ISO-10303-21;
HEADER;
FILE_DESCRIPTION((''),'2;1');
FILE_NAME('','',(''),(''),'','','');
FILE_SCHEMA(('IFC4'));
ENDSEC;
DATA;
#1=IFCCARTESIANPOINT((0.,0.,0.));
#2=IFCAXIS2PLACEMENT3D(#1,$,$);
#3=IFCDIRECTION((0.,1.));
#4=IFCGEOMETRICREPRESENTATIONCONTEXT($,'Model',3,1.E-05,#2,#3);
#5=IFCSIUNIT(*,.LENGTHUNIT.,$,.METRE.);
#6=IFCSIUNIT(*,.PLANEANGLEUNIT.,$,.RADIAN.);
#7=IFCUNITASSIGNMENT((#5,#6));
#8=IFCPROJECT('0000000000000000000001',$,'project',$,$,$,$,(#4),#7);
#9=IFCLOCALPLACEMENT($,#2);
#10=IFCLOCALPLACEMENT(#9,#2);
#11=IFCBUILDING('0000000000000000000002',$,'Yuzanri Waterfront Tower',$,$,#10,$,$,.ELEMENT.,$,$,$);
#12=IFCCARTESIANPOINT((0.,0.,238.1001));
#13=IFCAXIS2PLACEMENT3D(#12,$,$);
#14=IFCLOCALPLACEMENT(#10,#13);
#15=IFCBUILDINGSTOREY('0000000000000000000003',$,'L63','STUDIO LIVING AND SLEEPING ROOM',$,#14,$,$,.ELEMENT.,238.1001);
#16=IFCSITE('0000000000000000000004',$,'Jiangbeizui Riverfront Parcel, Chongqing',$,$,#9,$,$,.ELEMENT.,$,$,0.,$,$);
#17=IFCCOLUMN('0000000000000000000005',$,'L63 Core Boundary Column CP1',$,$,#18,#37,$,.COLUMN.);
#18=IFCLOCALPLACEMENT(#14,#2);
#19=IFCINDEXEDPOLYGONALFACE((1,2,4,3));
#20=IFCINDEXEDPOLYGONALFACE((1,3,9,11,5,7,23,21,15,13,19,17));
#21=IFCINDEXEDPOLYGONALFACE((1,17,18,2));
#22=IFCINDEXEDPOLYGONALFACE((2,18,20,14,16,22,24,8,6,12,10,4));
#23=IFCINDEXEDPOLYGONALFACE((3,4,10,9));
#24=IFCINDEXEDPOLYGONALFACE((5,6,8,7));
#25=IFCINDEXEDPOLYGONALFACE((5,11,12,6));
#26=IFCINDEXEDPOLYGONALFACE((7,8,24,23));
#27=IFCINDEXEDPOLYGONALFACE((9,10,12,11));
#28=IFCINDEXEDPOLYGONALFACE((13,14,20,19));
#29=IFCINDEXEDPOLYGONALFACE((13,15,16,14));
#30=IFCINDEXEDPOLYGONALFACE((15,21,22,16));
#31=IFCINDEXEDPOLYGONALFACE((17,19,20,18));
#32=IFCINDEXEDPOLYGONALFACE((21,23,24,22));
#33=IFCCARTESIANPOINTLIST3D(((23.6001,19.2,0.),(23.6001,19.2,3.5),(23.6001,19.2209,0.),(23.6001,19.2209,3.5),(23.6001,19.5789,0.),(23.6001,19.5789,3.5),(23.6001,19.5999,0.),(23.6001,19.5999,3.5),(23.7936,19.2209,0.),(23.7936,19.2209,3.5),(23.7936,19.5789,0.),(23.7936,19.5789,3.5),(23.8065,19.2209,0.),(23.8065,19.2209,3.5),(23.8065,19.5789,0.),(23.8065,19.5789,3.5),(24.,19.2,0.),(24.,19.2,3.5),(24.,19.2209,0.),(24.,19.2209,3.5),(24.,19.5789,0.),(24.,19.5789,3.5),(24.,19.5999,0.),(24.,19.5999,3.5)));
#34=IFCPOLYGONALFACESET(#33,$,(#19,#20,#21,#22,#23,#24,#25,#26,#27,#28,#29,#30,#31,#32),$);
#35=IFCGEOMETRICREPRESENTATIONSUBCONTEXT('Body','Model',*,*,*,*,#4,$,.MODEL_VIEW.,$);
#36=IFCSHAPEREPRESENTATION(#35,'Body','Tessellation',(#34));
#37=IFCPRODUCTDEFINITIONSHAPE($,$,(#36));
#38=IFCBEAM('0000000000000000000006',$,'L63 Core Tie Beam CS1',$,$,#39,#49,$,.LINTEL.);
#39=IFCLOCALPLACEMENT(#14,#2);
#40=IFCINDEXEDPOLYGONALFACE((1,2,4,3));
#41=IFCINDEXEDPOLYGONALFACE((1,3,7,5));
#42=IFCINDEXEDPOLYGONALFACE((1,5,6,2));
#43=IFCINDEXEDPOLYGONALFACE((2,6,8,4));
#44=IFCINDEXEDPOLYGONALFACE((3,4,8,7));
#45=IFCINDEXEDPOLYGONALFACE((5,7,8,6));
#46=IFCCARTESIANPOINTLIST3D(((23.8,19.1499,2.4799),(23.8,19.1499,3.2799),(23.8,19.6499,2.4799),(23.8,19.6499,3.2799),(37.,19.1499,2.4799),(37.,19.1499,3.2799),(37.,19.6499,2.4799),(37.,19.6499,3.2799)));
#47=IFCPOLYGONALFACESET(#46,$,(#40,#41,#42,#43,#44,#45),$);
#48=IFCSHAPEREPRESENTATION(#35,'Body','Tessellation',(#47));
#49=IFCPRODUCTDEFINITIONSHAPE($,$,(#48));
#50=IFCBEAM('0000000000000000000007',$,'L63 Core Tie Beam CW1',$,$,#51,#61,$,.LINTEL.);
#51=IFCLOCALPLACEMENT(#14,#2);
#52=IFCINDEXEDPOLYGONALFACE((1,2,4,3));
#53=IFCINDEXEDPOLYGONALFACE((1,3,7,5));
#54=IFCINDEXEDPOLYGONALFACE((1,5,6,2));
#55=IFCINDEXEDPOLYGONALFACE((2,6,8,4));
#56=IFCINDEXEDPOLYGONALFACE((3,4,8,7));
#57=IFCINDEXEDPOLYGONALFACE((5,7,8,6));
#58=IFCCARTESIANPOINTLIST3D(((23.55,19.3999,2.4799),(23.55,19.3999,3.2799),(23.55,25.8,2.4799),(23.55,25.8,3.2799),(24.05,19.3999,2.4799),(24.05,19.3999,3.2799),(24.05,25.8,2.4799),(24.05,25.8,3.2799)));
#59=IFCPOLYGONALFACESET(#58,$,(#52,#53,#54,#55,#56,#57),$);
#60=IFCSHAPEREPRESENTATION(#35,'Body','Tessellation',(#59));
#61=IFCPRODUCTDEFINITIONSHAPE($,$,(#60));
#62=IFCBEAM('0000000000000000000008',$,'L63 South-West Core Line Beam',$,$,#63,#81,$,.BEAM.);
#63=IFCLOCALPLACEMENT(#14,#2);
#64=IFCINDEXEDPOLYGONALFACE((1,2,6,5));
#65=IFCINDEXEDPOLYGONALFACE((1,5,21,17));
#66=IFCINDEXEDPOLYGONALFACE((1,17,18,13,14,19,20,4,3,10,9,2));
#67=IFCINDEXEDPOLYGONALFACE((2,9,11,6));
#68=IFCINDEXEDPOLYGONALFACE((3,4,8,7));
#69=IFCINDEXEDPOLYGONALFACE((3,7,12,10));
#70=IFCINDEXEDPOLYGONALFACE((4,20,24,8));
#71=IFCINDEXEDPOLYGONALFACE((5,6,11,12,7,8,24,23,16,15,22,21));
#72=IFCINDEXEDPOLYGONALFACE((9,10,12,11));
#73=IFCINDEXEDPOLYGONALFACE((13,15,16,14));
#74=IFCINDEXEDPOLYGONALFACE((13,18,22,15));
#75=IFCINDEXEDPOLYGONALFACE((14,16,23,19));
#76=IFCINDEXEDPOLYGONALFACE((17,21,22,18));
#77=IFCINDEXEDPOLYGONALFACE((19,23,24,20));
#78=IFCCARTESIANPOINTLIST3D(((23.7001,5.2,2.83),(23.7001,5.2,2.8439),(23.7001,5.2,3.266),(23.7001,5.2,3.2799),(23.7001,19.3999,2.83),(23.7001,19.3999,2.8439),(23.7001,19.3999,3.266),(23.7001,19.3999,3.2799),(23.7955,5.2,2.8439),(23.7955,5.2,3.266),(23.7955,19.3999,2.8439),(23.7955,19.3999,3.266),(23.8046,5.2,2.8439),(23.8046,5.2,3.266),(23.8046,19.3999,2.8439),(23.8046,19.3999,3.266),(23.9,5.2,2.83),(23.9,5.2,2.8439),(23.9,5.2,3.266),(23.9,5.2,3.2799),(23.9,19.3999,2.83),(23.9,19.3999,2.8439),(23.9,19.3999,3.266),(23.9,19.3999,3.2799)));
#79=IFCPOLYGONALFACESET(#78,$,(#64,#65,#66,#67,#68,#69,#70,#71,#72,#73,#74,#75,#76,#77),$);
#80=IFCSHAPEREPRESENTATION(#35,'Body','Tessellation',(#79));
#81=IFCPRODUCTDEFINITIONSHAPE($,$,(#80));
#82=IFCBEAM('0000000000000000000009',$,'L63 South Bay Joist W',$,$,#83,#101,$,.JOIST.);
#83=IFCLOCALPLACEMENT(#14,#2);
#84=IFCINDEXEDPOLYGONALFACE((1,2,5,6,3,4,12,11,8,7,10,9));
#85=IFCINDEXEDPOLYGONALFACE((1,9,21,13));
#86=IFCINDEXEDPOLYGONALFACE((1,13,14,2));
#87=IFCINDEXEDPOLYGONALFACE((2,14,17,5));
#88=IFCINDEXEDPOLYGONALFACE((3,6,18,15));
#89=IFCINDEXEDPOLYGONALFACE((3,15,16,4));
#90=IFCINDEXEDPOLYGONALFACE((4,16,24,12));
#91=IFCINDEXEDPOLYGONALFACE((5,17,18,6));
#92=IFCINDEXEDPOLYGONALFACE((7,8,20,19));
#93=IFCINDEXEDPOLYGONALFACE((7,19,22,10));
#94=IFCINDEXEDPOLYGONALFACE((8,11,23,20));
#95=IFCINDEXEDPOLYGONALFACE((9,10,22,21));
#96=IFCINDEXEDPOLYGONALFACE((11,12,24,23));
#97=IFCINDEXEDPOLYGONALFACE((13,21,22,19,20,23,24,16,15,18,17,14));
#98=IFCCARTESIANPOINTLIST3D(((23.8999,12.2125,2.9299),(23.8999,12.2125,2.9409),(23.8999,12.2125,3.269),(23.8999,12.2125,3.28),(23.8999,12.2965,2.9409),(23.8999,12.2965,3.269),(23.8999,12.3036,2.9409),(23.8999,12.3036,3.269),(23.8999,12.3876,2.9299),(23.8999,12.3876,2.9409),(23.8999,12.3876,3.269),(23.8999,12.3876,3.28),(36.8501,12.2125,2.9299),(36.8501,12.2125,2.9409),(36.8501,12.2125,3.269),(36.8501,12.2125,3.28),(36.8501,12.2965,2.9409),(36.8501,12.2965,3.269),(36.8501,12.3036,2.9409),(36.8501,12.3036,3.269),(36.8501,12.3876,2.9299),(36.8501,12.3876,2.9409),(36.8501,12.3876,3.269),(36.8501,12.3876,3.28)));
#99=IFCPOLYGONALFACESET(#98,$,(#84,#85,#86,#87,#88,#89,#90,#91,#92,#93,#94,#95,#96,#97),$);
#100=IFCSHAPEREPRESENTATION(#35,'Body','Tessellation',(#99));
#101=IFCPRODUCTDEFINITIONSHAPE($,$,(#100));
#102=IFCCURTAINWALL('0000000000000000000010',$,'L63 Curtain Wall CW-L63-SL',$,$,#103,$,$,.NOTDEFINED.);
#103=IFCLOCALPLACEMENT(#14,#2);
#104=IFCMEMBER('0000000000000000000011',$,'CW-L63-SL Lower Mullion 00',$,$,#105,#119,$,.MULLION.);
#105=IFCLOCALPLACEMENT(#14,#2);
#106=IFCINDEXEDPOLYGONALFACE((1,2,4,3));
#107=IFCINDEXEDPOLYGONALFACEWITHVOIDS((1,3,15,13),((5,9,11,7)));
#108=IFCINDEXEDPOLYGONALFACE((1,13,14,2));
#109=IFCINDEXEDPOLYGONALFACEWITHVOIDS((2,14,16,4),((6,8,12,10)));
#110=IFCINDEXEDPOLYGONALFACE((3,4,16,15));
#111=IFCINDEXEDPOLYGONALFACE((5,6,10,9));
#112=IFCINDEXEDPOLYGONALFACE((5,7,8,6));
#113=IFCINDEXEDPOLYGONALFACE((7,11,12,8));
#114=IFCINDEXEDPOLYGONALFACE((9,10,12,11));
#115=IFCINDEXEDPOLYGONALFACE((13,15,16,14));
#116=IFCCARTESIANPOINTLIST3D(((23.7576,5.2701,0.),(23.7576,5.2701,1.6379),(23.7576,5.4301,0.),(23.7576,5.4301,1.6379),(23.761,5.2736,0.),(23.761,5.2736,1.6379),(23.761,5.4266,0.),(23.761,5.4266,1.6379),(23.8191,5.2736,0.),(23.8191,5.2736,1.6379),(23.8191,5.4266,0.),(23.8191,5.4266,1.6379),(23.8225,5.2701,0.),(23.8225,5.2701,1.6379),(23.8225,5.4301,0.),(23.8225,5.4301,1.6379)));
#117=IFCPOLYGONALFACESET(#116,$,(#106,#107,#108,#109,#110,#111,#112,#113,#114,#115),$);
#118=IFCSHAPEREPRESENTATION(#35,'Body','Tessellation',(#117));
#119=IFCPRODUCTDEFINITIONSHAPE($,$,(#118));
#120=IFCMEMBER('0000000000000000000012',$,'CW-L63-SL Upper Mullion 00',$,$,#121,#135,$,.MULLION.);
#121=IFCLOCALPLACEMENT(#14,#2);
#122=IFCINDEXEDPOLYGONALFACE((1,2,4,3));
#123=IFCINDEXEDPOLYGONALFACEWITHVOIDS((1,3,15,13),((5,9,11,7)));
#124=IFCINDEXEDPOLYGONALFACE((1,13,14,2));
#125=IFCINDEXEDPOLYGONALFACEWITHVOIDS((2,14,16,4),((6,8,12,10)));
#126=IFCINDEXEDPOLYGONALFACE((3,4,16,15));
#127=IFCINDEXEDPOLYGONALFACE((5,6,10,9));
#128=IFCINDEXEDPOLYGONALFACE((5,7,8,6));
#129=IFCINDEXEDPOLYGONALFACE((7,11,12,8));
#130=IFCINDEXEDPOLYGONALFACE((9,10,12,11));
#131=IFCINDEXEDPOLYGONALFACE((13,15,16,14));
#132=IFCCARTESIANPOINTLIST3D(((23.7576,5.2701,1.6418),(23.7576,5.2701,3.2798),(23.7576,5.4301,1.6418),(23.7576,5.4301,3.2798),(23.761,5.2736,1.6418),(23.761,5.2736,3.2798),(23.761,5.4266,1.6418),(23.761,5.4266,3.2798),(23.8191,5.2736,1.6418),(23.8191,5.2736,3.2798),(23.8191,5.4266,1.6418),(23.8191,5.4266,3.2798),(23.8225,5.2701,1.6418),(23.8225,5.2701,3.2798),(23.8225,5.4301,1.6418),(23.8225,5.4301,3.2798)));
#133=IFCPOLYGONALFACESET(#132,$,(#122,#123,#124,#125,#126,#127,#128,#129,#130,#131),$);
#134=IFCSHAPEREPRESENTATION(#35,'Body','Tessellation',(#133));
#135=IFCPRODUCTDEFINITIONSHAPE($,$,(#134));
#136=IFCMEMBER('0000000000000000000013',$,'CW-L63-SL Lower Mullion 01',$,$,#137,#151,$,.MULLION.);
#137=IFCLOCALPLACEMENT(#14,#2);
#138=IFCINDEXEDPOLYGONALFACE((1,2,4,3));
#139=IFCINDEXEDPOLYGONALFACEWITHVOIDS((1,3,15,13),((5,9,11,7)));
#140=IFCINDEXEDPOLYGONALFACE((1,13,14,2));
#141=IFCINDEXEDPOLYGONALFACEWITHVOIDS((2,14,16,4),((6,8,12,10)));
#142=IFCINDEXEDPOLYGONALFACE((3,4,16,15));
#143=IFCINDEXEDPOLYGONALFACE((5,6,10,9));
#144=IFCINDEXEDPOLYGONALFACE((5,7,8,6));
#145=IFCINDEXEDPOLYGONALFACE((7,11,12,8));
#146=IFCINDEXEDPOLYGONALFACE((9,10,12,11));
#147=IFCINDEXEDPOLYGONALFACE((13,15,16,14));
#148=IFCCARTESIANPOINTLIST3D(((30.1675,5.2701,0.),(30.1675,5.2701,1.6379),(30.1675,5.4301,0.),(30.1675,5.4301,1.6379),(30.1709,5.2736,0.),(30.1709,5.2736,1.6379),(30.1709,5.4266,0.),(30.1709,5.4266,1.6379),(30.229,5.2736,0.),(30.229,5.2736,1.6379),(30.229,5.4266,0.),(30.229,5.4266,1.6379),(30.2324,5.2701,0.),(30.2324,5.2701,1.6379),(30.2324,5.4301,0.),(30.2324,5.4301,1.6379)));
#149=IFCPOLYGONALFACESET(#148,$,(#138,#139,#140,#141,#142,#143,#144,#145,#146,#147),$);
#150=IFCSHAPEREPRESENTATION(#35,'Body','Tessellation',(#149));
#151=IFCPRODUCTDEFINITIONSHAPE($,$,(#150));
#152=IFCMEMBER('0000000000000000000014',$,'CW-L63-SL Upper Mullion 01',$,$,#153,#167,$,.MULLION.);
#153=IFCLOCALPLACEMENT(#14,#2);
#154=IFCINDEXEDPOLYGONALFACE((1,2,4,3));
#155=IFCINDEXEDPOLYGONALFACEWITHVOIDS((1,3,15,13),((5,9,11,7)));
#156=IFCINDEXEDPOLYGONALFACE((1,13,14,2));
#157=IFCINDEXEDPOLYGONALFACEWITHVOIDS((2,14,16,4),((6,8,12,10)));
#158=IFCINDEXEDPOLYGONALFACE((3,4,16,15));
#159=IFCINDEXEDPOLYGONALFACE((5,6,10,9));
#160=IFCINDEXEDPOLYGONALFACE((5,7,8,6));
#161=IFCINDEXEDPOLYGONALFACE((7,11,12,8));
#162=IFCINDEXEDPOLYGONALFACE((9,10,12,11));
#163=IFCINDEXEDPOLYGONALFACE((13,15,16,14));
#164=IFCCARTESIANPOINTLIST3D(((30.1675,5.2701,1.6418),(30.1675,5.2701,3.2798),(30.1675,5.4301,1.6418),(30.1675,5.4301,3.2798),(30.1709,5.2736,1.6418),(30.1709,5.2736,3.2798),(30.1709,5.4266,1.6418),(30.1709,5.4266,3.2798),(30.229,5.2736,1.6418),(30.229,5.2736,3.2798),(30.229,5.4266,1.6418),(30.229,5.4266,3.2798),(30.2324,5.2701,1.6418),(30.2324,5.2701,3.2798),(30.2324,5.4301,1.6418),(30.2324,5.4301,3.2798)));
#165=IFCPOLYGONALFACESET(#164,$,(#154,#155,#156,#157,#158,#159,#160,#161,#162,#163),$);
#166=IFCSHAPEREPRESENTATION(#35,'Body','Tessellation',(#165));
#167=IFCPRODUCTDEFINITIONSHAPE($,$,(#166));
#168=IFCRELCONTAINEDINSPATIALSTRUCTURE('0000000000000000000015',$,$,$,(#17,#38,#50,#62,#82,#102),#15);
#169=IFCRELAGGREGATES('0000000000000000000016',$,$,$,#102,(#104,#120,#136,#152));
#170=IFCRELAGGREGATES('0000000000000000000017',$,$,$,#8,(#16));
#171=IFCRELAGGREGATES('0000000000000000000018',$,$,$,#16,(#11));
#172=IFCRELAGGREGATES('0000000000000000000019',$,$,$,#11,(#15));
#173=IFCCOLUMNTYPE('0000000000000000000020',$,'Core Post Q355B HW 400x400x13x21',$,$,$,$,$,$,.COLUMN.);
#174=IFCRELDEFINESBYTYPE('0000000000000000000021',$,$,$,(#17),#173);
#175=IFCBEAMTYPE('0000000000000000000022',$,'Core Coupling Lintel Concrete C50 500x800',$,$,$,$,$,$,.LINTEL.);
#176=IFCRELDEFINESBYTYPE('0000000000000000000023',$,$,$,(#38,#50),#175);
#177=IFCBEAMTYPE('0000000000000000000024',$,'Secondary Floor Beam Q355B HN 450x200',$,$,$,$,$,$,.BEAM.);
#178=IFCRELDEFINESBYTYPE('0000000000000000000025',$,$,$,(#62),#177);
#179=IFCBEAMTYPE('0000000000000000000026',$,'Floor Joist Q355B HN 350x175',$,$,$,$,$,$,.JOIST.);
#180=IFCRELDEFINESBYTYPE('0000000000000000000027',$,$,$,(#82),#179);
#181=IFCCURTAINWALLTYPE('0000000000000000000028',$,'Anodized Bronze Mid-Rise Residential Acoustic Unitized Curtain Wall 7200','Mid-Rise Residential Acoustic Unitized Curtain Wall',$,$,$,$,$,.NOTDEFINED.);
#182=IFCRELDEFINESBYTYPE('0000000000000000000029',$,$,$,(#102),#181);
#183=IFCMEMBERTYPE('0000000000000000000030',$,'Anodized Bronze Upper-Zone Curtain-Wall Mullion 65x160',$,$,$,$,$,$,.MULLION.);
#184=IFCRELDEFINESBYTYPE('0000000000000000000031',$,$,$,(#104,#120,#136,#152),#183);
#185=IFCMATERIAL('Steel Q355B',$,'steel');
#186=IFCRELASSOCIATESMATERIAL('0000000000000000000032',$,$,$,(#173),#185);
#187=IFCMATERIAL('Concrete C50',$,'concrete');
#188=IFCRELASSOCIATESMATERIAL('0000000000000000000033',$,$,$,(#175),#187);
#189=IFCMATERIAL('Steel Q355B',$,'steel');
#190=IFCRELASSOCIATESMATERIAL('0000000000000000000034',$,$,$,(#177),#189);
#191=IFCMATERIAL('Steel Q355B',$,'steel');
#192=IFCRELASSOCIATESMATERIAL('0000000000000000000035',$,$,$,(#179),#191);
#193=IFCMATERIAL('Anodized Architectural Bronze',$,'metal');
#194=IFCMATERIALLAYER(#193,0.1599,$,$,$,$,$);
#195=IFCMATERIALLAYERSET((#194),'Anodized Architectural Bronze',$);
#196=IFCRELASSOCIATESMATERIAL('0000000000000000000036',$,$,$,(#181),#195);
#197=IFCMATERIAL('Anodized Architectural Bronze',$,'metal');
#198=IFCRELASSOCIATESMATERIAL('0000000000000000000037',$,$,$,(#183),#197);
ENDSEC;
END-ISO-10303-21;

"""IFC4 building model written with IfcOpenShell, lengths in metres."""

from ifc_helpers import new_model, si_unit, direction, frame, origin, origin_2d, place, context, subcontext, project, spatial, rectangle, hollow_rectangle, i_section, extrude, source, transform, mapped, material, layer, layer_set, material_profile, profile_set, type_object, element, aggregate, save


model = new_model("IFC4")

# Units and contexts
model_context = context("Model", 3, precision=1e-05, world=origin(), true_north=direction((0.0, 1.0)))
body_context = subcontext(model_context, "Body", "Model", "MODEL_VIEW")
ifc_project = project(units=[si_unit("LENGTHUNIT", "METRE"), si_unit("PLANEANGLEUNIT", "RADIAN")], contexts=[model_context])

# Site, building, storey
site_placement = place(None, origin())
site = spatial("IfcSite", under=ifc_project, at=site_placement, Name="Jiangbeizui Riverfront Parcel, Chongqing", CompositionType="ELEMENT", RefElevation=0.0)
building_placement = place(site_placement, origin())
building = spatial("IfcBuilding", under=site, at=building_placement, Name="Yuzanri Waterfront Tower", CompositionType="ELEMENT")
storey_placement = place(building_placement, frame((0.0, 0.0, 238.1001)))
storey = spatial("IfcBuildingStorey", under=building, at=storey_placement, Name="L63", Description="STUDIO LIVING AND SLEEPING ROOM", CompositionType="ELEMENT", Elevation=238.1001)

# Column
ifc_material_1 = material(Name="Steel Q355B", Category="steel")
ifc_material_profile_1 = material_profile(ifc_material_1, i_section(OverallWidth=0.3999, OverallDepth=0.3999, WebThickness=0.0129, FlangeThickness=0.021, at=origin_2d()), Name="HW 400x400x13x21")
ifc_profile_set_1 = profile_set([ifc_material_profile_1], Name="Steel Q355B")
column_type = type_object("IfcColumnType", Name="Core Post Q355B HW 400x400x13x21", PredefinedType="COLUMN", material=ifc_profile_set_1)
shared_shape_1 = source(origin(), body_context, "Body", "SweptSolid", [
    extrude(i_section(OverallWidth=0.3999, OverallDepth=0.3999, WebThickness=0.0129, FlangeThickness=0.021, at=origin_2d()), origin(), (0.0, 0.0, 1.0), 3.5),
])
column_placement = place(storey_placement, frame((23.8, 19.3999, 0.0), z_axis=(0.0, 0.0, 1.0), x_axis=(1.0, 0.0, 0.0)))
element("IfcColumn", 1, at=column_placement, inside=storey, type_object=column_type, Name="L63 Core Boundary Column CP1", PredefinedType="COLUMN", context=body_context, shape_type="MappedRepresentation", body=[
    mapped(shared_shape_1, transform((0.0, 0.0, 0.0), scale=1.0)),
])

# Beams
ifc_material_2 = material(Name="Concrete C50", Category="concrete")
ifc_material_profile_2 = material_profile(ifc_material_2, rectangle(XDim=0.5, YDim=0.8, at=origin_2d()), Name="RC 500x800")
ifc_profile_set_2 = profile_set([ifc_material_profile_2], Name="Concrete C50")
beam_type_1 = type_object("IfcBeamType", Name="Core Coupling Lintel Concrete C50 500x800", PredefinedType="LINTEL", material=ifc_profile_set_2)
shared_shape_2 = source(origin(), body_context, "Body", "SweptSolid", [
    extrude(rectangle(XDim=0.5, YDim=0.8, at=origin_2d()), origin(), (0.0, 0.0, 1.0), 13.2),
])
beam_1_placement = place(storey_placement, frame((23.8, 19.3999, 2.8799), z_axis=(1.0, 0.0, 0.0), x_axis=(0.0, 1.0, 0.0)))
element("IfcBeam", 2, at=beam_1_placement, inside=storey, type_object=beam_type_1, Name="L63 Core Tie Beam CS1", PredefinedType="LINTEL", context=body_context, shape_type="MappedRepresentation", body=[
    mapped(shared_shape_2, transform((0.0, 0.0, 0.0), scale=1.0)),
])
shared_shape_3 = source(origin(), body_context, "Body", "SweptSolid", [
    extrude(rectangle(XDim=0.5, YDim=0.8, at=origin_2d()), origin(), (0.0, 0.0, 1.0), 6.4001),
])
beam_2_placement = place(storey_placement, frame((23.8, 19.3999, 2.8799), z_axis=(0.0, 1.0, 0.0), x_axis=(-1.0, 0.0, 0.0)))
element("IfcBeam", 3, at=beam_2_placement, inside=storey, type_object=beam_type_1, Name="L63 Core Tie Beam CW1", PredefinedType="LINTEL", context=body_context, shape_type="MappedRepresentation", body=[
    mapped(shared_shape_3, transform((0.0, 0.0, 0.0), scale=1.0)),
])
ifc_material_3 = material(Name="Steel Q355B", Category="steel")
ifc_material_profile_3 = material_profile(ifc_material_3, i_section(OverallWidth=0.2, OverallDepth=0.45, WebThickness=0.009, FlangeThickness=0.0139, at=origin_2d()), Name="HN 450x200x9x14")
ifc_profile_set_3 = profile_set([ifc_material_profile_3], Name="Steel Q355B")
beam_type_2 = type_object("IfcBeamType", Name="Secondary Floor Beam Q355B HN 450x200", PredefinedType="BEAM", material=ifc_profile_set_3)
shared_shape_4 = source(origin(), body_context, "Body", "SweptSolid", [
    extrude(i_section(OverallWidth=0.2, OverallDepth=0.45, WebThickness=0.009, FlangeThickness=0.0139, at=origin_2d()), origin(), (0.0, 0.0, 1.0), 14.2),
])
beam_3_placement = place(storey_placement, frame((23.8, 19.3999, 3.0549), z_axis=(0.0, -1.0, 0.0), x_axis=(1.0, 0.0, 0.0)))
element("IfcBeam", 4, at=beam_3_placement, inside=storey, type_object=beam_type_2, Name="L63 South-West Core Line Beam", PredefinedType="BEAM", context=body_context, shape_type="MappedRepresentation", body=[
    mapped(shared_shape_4, transform((0.0, 0.0, 0.0), scale=1.0)),
])
ifc_material_4 = material(Name="Steel Q355B", Category="steel")
ifc_material_profile_4 = material_profile(ifc_material_4, i_section(OverallWidth=0.175, OverallDepth=0.3501, WebThickness=0.0071, FlangeThickness=0.011, at=origin_2d()), Name="HN 350x175x7x11")
ifc_profile_set_4 = profile_set([ifc_material_profile_4], Name="Steel Q355B")
beam_type_3 = type_object("IfcBeamType", Name="Floor Joist Q355B HN 350x175", PredefinedType="JOIST", material=ifc_profile_set_4)
shared_shape_5 = source(origin(), body_context, "Body", "SweptSolid", [
    extrude(i_section(OverallWidth=0.175, OverallDepth=0.3501, WebThickness=0.0071, FlangeThickness=0.011, at=origin_2d()), origin(), (0.0, 0.0, 1.0), 12.9502),
])
beam_4_placement = place(storey_placement, frame((23.8999, 12.3, 3.105), z_axis=(1.0, 0.0, 0.0), x_axis=(0.0, 1.0, 0.0)))
element("IfcBeam", 5, at=beam_4_placement, inside=storey, type_object=beam_type_3, Name="L63 South Bay Joist W", PredefinedType="JOIST", context=body_context, shape_type="MappedRepresentation", body=[
    mapped(shared_shape_5, transform((0.0, 0.0, 0.0), scale=1.0)),
])

# Curtain wall, members
ifc_material_5 = material(Name="Anodized Architectural Bronze", Category="metal")
ifc_layer_1 = layer(ifc_material_5, 0.1599)
ifc_layer_set_1 = layer_set([ifc_layer_1], Name="Anodized Architectural Bronze")
curtain_wall_type = type_object("IfcCurtainWallType", Name="Anodized Bronze Mid-Rise Residential Acoustic Unitized Curtain Wall 7200", Description="Mid-Rise Residential Acoustic Unitized Curtain Wall", PredefinedType="NOTDEFINED", material=ifc_layer_set_1)
curtain_wall_placement = place(storey_placement, origin())
curtain_wall = element("IfcCurtainWall", 6, at=curtain_wall_placement, inside=storey, type_object=curtain_wall_type, Name="L63 Curtain Wall CW-L63-SL", PredefinedType="NOTDEFINED")
ifc_material_6 = material(Name="Anodized Architectural Bronze", Category="metal")
ifc_material_profile_5 = material_profile(ifc_material_6, hollow_rectangle(XDim=0.0649, YDim=0.1599, WallThickness=0.0034, at=origin_2d()), Name="CWM 65x160")
ifc_profile_set_5 = profile_set([ifc_material_profile_5], Name="Anodized Architectural Bronze")
member_type = type_object("IfcMemberType", Name="Anodized Bronze Upper-Zone Curtain-Wall Mullion 65x160", PredefinedType="MULLION", material=ifc_profile_set_5)
shared_shape_6 = source(origin(), body_context, "Body", "SweptSolid", [
    extrude(hollow_rectangle(XDim=0.0649, YDim=0.1599, WallThickness=0.0034, at=origin_2d()), origin(), (0.0, 0.0, 1.0), 1.6379),
])
member_1_placement = place(storey_placement, frame((23.79, 5.3501, 0.0), z_axis=(0.0, 0.0, 1.0), x_axis=(1.0, 0.0, 0.0)))
member_1 = element("IfcMember", 7, at=member_1_placement, type_object=member_type, Name="CW-L63-SL Lower Mullion 00", PredefinedType="MULLION", context=body_context, shape_type="MappedRepresentation", body=[
    mapped(shared_shape_6, transform((0.0, 0.0, 0.0), scale=1.0)),
])
member_2_placement = place(storey_placement, frame((23.79, 5.3501, 1.6418), z_axis=(0.0, 0.0, 1.0), x_axis=(1.0, 0.0, 0.0)))
member_2 = element("IfcMember", 8, at=member_2_placement, type_object=member_type, Name="CW-L63-SL Upper Mullion 00", PredefinedType="MULLION", context=body_context, shape_type="MappedRepresentation", body=[
    mapped(shared_shape_6, transform((0.0, 0.0, 0.0), scale=1.0)),
])
member_3_placement = place(storey_placement, frame((30.2, 5.3501, 0.0), z_axis=(0.0, 0.0, 1.0), x_axis=(1.0, 0.0, 0.0)))
member_3 = element("IfcMember", 9, at=member_3_placement, type_object=member_type, Name="CW-L63-SL Lower Mullion 01", PredefinedType="MULLION", context=body_context, shape_type="MappedRepresentation", body=[
    mapped(shared_shape_6, transform((0.0, 0.0, 0.0), scale=1.0)),
])
member_4_placement = place(storey_placement, frame((30.2, 5.3501, 1.6418), z_axis=(0.0, 0.0, 1.0), x_axis=(1.0, 0.0, 0.0)))
member_4 = element("IfcMember", 10, at=member_4_placement, type_object=member_type, Name="CW-L63-SL Upper Mullion 01", PredefinedType="MULLION", context=body_context, shape_type="MappedRepresentation", body=[
    mapped(shared_shape_6, transform((0.0, 0.0, 0.0), scale=1.0)),
])
aggregate(curtain_wall, [member_1, member_2, member_3, member_4])

save(model, "model.ifc")
